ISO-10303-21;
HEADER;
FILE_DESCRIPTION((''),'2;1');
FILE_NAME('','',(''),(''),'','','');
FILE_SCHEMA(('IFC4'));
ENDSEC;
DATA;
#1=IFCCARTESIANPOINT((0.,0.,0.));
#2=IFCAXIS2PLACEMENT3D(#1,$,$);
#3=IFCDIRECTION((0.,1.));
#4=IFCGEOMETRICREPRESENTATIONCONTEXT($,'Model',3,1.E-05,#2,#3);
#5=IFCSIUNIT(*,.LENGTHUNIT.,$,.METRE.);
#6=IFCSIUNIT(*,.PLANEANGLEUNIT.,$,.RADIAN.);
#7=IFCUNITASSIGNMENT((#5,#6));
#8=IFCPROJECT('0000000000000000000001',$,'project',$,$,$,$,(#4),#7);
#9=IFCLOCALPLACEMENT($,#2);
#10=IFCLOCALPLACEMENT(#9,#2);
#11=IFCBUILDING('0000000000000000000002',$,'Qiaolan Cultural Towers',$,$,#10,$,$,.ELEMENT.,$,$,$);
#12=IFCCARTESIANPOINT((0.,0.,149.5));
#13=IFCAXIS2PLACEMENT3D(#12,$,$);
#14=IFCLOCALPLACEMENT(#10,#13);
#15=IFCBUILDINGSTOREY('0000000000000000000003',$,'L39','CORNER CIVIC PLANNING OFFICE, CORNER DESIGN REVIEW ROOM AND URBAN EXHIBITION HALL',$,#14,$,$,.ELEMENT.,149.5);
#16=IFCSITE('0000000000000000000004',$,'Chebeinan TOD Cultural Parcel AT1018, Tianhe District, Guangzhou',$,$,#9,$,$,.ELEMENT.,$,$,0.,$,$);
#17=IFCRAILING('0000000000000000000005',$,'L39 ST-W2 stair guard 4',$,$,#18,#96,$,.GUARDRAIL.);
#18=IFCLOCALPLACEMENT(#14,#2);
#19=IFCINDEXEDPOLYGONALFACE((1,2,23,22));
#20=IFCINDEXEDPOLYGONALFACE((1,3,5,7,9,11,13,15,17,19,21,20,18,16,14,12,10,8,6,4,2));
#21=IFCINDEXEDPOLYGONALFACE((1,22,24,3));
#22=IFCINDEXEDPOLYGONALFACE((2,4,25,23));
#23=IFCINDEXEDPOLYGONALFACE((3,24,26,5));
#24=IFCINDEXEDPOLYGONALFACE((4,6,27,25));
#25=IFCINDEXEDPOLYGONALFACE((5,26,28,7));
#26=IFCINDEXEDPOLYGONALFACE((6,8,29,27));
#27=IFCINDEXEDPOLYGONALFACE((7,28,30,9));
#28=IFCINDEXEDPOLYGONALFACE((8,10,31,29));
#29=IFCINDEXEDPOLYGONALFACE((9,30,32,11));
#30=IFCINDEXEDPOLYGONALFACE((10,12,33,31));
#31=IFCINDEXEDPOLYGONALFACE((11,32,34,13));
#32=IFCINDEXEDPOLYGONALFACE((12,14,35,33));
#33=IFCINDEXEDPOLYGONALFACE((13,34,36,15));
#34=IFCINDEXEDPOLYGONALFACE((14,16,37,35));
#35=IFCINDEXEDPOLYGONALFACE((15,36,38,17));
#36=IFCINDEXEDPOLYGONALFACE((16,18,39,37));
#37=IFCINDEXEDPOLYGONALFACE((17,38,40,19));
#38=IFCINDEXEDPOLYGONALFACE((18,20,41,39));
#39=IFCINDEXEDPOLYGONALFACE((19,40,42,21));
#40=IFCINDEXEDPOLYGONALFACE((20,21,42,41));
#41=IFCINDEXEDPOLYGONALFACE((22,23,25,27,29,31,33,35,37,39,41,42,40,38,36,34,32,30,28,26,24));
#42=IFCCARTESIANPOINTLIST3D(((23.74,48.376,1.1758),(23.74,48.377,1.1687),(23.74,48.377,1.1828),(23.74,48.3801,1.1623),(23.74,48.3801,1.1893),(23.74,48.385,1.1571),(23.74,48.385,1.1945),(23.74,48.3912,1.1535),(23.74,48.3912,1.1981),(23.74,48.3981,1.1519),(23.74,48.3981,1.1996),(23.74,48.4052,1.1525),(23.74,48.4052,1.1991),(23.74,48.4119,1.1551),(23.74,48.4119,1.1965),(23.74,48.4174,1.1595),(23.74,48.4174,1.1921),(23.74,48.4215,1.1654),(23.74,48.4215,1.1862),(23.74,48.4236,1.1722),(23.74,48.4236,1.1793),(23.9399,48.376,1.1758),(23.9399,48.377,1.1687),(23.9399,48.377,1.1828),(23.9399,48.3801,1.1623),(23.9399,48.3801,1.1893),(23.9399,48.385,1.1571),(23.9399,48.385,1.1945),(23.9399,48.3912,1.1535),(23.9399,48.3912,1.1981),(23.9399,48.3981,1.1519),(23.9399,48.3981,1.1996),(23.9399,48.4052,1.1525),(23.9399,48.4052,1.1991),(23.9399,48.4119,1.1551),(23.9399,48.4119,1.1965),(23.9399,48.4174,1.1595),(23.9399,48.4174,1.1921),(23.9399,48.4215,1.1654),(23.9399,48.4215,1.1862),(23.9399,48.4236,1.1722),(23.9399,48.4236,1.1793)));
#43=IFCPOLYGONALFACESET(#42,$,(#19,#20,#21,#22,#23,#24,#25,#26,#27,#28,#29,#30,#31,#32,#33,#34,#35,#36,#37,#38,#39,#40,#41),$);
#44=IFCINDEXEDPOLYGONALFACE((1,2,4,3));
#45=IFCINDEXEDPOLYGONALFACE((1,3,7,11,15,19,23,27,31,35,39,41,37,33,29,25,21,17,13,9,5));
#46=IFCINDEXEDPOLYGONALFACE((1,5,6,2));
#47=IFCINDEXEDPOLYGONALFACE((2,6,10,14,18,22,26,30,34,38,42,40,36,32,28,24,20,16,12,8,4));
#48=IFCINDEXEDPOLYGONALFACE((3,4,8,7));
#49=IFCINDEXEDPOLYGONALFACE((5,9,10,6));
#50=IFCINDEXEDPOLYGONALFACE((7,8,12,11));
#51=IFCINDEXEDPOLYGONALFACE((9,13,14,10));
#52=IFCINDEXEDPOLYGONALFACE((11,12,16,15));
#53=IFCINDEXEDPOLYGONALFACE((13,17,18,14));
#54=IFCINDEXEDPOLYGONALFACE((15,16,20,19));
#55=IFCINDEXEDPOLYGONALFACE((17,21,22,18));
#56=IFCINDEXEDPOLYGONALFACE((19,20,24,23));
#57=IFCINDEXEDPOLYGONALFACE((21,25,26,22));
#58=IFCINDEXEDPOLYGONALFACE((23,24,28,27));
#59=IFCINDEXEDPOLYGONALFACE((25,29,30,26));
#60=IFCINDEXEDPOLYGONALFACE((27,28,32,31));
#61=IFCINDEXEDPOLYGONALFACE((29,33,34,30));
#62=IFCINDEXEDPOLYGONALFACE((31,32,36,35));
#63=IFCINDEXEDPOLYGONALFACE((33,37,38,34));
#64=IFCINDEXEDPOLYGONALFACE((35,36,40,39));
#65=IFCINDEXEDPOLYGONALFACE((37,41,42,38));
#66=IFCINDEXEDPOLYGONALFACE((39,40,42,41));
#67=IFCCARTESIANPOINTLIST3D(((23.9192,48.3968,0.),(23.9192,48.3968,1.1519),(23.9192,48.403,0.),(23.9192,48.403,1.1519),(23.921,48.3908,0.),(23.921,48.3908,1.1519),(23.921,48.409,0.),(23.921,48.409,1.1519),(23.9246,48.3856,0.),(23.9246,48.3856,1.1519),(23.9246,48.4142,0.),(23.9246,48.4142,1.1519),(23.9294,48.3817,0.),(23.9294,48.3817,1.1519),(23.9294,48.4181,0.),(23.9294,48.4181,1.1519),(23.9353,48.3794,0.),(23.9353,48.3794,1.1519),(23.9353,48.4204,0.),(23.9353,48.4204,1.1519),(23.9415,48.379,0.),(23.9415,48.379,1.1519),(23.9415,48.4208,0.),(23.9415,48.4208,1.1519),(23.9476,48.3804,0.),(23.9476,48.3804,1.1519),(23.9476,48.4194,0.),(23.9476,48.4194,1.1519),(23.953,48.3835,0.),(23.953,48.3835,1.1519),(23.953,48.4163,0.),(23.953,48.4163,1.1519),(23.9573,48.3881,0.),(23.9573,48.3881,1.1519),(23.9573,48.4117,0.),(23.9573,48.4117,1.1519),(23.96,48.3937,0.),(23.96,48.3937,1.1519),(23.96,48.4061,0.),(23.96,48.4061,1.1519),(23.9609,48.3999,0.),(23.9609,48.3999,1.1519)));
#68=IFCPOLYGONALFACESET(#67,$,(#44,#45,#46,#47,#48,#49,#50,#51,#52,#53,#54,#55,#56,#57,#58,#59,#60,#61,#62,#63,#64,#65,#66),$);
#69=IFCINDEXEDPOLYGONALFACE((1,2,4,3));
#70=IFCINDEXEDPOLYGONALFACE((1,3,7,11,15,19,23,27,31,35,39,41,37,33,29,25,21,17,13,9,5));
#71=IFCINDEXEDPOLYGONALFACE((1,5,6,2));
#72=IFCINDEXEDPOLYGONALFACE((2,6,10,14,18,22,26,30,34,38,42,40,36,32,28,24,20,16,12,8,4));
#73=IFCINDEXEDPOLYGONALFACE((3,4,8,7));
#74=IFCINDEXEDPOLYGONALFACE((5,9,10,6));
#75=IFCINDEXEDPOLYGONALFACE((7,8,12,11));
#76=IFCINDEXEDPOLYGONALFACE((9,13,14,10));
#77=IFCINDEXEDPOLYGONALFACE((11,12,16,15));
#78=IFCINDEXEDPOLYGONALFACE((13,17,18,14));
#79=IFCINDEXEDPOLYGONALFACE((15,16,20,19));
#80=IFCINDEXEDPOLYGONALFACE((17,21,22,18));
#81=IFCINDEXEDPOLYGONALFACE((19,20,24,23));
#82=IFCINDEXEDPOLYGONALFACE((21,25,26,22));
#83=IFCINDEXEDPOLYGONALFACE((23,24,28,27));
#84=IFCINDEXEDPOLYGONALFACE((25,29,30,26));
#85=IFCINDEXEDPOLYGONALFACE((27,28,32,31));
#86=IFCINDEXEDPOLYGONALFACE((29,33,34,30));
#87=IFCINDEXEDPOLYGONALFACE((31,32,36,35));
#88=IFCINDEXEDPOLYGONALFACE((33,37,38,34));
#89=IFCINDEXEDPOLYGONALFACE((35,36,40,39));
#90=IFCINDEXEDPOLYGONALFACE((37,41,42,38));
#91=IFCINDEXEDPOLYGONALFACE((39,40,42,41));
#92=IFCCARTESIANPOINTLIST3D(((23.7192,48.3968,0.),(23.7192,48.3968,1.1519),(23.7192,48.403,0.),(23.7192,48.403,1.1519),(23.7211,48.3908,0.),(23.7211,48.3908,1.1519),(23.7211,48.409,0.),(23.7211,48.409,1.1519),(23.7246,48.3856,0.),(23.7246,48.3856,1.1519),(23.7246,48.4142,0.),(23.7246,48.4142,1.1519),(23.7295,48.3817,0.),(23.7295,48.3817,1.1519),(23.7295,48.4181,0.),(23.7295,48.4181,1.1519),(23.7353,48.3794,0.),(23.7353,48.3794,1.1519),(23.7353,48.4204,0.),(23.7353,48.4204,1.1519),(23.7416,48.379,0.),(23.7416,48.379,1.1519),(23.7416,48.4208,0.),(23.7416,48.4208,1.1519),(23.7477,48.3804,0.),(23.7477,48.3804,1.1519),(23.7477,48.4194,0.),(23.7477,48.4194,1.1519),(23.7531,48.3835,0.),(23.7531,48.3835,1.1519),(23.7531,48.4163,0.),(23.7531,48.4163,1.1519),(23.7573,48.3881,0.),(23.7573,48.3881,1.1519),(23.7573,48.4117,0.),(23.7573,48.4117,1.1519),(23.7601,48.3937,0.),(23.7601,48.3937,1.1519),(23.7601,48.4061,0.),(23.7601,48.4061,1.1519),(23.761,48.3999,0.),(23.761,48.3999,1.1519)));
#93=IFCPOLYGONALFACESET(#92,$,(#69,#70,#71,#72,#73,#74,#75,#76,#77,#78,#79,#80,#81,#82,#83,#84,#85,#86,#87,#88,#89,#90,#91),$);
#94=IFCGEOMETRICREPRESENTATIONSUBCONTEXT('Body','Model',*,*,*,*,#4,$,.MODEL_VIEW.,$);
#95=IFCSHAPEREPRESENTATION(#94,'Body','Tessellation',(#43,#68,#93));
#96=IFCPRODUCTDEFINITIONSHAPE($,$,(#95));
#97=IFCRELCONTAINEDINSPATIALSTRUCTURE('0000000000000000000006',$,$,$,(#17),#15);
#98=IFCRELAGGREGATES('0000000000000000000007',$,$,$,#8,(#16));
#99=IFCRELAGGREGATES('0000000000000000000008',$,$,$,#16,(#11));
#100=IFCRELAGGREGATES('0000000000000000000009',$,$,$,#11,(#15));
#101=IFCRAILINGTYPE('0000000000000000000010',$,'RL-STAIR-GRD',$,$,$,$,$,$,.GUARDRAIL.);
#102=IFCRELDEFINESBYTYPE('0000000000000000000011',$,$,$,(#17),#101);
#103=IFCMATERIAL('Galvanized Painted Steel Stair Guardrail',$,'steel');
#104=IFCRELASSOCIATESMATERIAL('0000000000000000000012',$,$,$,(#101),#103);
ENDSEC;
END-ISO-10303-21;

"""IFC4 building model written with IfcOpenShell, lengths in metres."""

from ifc_helpers import new_model, si_unit, direction, frame, origin, origin_2d, place, context, subcontext, project, spatial, circle, extrude, material, type_object, element, save


model = new_model("IFC4")

# Units and contexts
model_context = context("Model", 3, precision=1e-05, world=origin(), true_north=direction((0.0, 1.0)))
body_context = subcontext(model_context, "Body", "Model", "MODEL_VIEW")
ifc_project = project(units=[si_unit("LENGTHUNIT", "METRE"), si_unit("PLANEANGLEUNIT", "RADIAN")], contexts=[model_context])

# Site, building, storey
site_placement = place(None, origin())
site = spatial("IfcSite", under=ifc_project, at=site_placement, Name="Chebeinan TOD Cultural Parcel AT1018, Tianhe District, Guangzhou", CompositionType="ELEMENT", RefElevation=0.0)
building_placement = place(site_placement, origin())
building = spatial("IfcBuilding", under=site, at=building_placement, Name="Qiaolan Cultural Towers", CompositionType="ELEMENT")
storey_placement = place(building_placement, frame((0.0, 0.0, 149.5)))
storey = spatial("IfcBuildingStorey", under=building, at=storey_placement, Name="L39", Description="CORNER CIVIC PLANNING OFFICE, CORNER DESIGN REVIEW ROOM AND URBAN EXHIBITION HALL", CompositionType="ELEMENT", Elevation=149.5)

# Railing
ifc_material_1 = material(Name="Galvanized Painted Steel Stair Guardrail", Category="steel")
railing_type_1 = type_object("IfcRailingType", Name="RL-STAIR-GRD", PredefinedType="GUARDRAIL", material=ifc_material_1)
railing_1_placement = place(storey_placement, frame((23.9399, 48.3999, 0.0)))
element("IfcRailing", 1, at=railing_1_placement, inside=storey, type_object=railing_type_1, Name="L39 ST-W2 stair guard 4", PredefinedType="GUARDRAIL", context=body_context, shape_type="SweptSolid", body=[
    extrude(circle(Radius=0.0239, at=origin_2d()), frame((0.0, 0.0, 1.1758), z_axis=(-1.0, 0.0, 0.0), x_axis=(0.0, -1.0, 0.0)), (0.0, 0.0, 1.0), 0.2),
    extrude(circle(Radius=0.021, at=origin_2d()), origin(), (0.0, 0.0, 1.0), 1.1519),
    extrude(circle(Radius=0.021, at=origin_2d()), frame((-0.2, 0.0, 0.0)), (0.0, 0.0, 1.0), 1.1519),
])

save(model, "model.ifc")
